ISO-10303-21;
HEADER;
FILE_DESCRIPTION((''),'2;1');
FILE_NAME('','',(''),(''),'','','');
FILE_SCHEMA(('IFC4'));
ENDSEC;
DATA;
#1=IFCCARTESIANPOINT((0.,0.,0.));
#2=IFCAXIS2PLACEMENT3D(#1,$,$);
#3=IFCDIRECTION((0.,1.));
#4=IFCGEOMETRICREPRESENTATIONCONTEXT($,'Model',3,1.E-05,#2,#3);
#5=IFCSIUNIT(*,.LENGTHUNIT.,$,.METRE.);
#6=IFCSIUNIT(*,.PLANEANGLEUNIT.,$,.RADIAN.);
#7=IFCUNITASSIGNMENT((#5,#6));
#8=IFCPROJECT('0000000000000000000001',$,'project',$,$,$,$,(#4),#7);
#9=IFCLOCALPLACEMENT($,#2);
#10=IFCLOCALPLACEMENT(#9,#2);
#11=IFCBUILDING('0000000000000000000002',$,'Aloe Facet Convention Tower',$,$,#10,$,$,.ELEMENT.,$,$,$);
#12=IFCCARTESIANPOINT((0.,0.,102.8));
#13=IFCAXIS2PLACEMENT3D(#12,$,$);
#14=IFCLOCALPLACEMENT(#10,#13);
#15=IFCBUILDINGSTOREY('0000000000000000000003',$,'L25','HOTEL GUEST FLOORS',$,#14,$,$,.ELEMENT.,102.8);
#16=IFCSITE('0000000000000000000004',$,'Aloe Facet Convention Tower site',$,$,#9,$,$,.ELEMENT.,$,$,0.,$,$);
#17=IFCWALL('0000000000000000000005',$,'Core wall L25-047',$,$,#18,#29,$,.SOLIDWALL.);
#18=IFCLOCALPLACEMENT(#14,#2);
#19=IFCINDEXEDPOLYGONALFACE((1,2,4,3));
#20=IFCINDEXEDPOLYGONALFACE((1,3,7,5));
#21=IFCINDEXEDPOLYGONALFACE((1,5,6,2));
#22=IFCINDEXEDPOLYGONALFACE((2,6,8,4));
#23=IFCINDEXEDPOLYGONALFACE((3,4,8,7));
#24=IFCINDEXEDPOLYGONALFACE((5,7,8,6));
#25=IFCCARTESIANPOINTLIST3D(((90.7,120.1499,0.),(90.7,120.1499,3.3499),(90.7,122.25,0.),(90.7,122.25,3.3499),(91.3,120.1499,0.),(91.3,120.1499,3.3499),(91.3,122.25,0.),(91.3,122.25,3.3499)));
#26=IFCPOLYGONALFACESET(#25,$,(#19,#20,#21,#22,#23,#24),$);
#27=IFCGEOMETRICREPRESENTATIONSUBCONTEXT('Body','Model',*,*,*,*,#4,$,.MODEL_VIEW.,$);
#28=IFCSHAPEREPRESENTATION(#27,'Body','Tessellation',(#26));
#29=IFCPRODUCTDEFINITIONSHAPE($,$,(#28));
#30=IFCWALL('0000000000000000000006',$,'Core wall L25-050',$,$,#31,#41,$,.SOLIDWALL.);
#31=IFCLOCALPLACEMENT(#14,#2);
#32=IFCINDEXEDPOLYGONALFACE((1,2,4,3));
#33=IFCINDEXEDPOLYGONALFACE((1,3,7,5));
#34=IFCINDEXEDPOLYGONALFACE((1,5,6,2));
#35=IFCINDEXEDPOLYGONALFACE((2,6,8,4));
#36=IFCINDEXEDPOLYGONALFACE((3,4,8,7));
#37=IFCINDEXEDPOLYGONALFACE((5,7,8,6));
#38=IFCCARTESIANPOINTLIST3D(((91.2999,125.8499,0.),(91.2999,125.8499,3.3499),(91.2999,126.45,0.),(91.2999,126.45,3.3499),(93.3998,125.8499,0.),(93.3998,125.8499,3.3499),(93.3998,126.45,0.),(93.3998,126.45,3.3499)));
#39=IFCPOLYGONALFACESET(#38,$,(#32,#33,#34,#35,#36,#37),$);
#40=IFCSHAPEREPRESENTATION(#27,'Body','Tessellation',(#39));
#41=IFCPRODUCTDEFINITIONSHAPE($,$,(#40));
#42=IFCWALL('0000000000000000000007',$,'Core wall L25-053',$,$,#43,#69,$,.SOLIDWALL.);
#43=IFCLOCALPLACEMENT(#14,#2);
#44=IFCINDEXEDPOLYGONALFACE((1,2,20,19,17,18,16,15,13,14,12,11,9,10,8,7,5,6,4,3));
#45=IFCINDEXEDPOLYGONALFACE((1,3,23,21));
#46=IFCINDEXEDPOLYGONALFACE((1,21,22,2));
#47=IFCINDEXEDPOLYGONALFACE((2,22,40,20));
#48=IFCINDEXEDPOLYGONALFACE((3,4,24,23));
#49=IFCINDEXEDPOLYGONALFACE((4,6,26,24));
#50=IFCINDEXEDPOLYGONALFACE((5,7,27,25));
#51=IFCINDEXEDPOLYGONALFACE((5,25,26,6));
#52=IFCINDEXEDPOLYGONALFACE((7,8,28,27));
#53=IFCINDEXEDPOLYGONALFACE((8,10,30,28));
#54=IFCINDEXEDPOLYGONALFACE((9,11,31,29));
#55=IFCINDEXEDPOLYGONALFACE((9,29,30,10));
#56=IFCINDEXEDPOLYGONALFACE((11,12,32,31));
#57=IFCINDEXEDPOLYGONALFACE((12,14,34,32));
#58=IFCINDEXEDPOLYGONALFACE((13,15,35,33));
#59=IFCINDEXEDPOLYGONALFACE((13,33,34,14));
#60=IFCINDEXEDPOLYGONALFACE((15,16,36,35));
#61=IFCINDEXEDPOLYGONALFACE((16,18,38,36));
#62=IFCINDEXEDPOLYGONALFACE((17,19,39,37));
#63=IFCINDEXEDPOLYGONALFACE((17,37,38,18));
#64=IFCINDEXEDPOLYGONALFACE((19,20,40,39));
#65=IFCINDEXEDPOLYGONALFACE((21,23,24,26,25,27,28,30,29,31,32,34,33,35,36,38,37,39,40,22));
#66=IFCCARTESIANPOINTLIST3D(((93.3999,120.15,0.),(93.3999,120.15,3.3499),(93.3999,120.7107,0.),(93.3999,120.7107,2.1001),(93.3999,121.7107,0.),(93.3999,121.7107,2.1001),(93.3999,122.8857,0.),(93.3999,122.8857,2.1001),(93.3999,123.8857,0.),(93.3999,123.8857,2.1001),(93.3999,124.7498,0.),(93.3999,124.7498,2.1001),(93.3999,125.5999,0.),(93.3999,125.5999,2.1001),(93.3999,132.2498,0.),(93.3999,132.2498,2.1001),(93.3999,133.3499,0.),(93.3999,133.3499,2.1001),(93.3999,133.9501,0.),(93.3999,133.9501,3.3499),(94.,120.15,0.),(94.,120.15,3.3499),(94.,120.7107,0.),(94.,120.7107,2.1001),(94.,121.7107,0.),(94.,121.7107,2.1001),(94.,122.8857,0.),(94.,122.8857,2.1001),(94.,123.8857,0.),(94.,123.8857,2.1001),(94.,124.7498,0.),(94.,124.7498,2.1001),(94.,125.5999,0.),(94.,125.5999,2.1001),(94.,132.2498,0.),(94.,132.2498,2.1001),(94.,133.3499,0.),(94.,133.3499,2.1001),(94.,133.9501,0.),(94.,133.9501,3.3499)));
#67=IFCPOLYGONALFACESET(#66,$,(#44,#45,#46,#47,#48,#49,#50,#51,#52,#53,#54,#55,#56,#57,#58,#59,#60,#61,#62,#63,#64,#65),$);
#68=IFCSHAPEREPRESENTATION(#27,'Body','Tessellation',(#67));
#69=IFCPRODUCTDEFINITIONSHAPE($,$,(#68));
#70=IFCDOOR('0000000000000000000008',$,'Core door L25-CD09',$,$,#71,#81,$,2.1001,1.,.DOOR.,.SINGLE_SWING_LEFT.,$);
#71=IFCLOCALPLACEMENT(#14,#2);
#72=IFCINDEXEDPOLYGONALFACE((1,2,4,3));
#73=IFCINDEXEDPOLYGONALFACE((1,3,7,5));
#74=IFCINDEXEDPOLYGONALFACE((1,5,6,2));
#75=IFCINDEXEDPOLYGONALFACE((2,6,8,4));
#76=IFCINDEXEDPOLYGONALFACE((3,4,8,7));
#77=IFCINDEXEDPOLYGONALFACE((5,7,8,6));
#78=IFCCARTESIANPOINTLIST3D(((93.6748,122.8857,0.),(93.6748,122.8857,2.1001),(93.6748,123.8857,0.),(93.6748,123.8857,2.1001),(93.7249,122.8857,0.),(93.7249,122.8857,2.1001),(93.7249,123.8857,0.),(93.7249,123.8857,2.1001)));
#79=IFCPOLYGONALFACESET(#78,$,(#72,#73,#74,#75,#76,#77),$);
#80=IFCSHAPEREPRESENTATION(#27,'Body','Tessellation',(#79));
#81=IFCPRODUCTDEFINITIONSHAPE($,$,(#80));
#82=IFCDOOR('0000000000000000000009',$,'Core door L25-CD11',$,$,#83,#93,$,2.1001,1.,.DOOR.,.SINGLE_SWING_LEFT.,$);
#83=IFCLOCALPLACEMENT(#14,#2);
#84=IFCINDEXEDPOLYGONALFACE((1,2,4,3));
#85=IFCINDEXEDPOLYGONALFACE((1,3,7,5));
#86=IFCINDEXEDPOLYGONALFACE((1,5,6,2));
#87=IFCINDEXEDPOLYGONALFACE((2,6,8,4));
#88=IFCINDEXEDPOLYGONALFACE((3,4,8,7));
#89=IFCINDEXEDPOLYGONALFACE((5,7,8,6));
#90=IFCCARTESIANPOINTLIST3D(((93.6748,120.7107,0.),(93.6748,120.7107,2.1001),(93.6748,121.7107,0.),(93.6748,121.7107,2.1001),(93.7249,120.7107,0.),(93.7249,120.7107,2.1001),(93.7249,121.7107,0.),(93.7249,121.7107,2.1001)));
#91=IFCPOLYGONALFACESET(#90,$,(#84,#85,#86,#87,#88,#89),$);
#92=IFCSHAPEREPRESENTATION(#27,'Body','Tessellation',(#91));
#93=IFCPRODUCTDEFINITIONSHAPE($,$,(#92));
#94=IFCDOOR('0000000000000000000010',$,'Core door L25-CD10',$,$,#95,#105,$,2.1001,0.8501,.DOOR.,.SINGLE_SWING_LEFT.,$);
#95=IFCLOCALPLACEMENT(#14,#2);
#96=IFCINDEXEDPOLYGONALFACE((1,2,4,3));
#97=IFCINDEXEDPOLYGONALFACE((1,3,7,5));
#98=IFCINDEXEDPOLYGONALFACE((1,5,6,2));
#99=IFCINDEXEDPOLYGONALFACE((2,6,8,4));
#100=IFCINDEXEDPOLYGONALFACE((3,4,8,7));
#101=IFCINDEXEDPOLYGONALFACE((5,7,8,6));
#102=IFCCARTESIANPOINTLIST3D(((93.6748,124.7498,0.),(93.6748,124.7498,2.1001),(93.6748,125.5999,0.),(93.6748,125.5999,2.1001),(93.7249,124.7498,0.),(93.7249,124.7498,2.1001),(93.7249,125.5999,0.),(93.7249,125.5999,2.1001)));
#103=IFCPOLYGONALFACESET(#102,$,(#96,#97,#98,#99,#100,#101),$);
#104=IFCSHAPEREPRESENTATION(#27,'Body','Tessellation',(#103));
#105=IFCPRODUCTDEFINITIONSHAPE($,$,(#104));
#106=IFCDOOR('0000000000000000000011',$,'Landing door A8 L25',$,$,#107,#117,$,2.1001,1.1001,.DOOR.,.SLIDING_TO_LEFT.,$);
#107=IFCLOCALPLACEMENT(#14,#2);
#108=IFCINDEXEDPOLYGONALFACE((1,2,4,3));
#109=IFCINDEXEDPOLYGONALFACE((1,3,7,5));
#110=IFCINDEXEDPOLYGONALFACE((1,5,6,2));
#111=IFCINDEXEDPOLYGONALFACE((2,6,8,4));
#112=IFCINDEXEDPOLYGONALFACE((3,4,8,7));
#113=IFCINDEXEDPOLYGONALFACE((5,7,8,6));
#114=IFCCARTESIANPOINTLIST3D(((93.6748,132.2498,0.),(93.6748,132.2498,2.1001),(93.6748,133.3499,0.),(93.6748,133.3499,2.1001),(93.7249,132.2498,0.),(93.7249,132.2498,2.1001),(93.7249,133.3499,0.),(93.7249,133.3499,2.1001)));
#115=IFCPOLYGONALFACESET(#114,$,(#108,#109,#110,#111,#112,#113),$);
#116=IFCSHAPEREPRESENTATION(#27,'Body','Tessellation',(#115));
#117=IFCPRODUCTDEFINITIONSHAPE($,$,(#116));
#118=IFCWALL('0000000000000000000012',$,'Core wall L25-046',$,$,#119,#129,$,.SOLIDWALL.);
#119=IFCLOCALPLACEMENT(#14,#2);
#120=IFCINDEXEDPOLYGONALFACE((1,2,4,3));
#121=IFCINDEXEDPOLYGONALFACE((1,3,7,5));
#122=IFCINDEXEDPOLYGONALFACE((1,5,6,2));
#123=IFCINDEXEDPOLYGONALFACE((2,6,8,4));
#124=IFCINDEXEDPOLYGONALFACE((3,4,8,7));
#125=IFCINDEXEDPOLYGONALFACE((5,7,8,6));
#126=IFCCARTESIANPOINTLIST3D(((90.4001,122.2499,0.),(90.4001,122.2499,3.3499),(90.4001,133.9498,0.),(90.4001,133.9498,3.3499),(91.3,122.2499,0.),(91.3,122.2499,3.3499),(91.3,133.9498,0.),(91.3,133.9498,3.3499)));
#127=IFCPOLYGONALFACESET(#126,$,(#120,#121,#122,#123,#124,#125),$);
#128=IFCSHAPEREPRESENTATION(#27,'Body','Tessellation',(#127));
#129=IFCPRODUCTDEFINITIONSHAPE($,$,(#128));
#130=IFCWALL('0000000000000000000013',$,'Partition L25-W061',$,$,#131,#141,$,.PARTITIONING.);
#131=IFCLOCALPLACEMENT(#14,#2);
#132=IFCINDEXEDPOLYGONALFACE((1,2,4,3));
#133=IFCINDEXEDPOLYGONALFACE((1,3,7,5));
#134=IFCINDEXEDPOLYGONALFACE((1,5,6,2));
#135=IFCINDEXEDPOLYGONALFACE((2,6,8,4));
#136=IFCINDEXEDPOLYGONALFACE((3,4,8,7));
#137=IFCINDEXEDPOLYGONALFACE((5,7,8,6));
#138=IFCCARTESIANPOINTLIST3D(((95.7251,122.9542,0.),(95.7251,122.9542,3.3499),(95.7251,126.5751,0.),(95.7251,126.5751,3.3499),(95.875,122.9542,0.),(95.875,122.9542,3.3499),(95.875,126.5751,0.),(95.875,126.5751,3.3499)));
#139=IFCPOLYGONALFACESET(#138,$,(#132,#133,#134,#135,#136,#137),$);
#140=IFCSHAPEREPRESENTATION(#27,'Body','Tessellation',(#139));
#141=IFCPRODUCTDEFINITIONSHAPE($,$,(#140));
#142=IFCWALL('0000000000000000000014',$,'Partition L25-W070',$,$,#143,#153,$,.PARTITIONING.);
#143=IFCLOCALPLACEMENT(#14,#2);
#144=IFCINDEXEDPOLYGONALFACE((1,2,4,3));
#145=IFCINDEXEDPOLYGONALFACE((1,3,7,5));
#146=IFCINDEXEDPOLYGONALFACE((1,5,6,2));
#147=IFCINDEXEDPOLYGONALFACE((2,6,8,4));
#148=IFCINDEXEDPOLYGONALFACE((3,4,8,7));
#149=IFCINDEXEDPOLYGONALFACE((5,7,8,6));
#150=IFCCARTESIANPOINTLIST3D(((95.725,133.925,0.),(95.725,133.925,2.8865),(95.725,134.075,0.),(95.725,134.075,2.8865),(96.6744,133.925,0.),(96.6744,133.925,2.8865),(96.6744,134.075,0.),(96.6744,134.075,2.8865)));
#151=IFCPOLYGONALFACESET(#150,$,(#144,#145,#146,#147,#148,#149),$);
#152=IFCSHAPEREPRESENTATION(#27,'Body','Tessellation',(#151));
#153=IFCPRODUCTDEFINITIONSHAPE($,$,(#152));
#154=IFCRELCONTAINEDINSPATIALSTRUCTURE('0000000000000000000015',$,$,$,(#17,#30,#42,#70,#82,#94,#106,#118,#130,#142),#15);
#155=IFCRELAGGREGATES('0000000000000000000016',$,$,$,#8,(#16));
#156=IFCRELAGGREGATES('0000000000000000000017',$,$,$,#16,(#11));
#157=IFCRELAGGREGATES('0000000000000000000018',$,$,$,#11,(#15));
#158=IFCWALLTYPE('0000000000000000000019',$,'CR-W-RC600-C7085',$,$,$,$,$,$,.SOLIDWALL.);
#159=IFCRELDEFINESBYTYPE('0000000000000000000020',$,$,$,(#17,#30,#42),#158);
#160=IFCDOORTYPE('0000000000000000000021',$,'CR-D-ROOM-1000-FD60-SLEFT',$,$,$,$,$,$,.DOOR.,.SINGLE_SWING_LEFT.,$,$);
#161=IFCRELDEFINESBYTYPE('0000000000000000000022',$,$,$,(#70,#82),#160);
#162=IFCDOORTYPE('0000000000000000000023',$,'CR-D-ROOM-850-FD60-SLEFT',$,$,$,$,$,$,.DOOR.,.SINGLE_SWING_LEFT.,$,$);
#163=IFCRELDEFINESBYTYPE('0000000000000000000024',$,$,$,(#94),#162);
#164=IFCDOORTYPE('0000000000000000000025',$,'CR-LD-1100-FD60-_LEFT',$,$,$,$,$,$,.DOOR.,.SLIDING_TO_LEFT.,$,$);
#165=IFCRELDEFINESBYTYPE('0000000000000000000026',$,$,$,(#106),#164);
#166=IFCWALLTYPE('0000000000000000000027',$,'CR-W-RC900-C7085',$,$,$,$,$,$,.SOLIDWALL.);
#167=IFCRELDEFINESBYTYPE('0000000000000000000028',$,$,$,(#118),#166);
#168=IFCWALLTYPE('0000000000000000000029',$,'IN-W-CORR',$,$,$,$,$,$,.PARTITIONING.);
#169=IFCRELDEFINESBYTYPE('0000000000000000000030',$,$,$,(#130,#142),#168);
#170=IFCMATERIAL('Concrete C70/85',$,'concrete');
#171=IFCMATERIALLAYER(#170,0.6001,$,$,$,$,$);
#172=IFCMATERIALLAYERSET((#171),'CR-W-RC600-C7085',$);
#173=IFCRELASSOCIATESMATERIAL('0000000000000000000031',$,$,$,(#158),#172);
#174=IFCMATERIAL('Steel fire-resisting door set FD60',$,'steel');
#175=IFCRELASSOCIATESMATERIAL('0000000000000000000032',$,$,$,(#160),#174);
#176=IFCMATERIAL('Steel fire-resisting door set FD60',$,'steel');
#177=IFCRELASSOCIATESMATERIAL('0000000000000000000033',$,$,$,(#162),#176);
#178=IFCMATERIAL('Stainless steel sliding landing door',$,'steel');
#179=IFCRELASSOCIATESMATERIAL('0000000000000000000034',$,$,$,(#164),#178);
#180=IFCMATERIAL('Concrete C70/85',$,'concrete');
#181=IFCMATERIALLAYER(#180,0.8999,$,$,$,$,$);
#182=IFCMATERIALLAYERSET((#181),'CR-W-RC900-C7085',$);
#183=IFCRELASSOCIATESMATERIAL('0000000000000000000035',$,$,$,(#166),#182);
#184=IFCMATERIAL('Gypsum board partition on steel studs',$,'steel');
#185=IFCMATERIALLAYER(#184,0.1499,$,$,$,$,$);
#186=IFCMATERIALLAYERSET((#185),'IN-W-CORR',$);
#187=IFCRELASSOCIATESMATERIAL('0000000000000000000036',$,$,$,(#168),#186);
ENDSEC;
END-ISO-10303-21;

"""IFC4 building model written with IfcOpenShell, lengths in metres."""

from ifc_helpers import new_model, si_unit, direction, frame, frame_2d, origin, place, context, subcontext, project, spatial, rectangle, extrude, material, layer, layer_set, type_object, element, fill, save


model = new_model("IFC4")

# Units and contexts
model_context = context("Model", 3, precision=1e-05, world=origin(), true_north=direction((0.0, 1.0)))
body_context = subcontext(model_context, "Body", "Model", "MODEL_VIEW")
ifc_project = project(units=[si_unit("LENGTHUNIT", "METRE"), si_unit("PLANEANGLEUNIT", "RADIAN")], contexts=[model_context])

# Site, building, storey
site_placement = place(None, origin())
site = spatial("IfcSite", under=ifc_project, at=site_placement, Name="Aloe Facet Convention Tower site", CompositionType="ELEMENT", RefElevation=0.0)
building_placement = place(site_placement, origin())
building = spatial("IfcBuilding", under=site, at=building_placement, Name="Aloe Facet Convention Tower", CompositionType="ELEMENT")
storey_placement = place(building_placement, frame((0.0, 0.0, 102.8)))
storey = spatial("IfcBuildingStorey", under=building, at=storey_placement, Name="L25", Description="HOTEL GUEST FLOORS", CompositionType="ELEMENT", Elevation=102.8)

# Walls
ifc_material_1 = material(Name="Concrete C70/85", Category="concrete")
ifc_layer_1 = layer(ifc_material_1, 0.6001)
ifc_layer_set_1 = layer_set([ifc_layer_1], Name="CR-W-RC600-C7085")
wall_type_1 = type_object("IfcWallType", Name="CR-W-RC600-C7085", PredefinedType="SOLIDWALL", material=ifc_layer_set_1)
wall_1_placement = place(storey_placement, frame((91.0, 122.25, 0.0), z_axis=(0.0, 0.0, 1.0), x_axis=(0.0, -1.0, 0.0)))
element("IfcWall", 1, at=wall_1_placement, inside=storey, type_object=wall_type_1, Name="Core wall L25-047", PredefinedType="SOLIDWALL", context=body_context, shape_type="SweptSolid", body=[
    extrude(rectangle(XDim=2.1001, YDim=0.6001, at=frame_2d((1.05, 0.0))), origin(), (0.0, 0.0, 1.0), 3.3499),
])
wall_2_placement = place(storey_placement, frame((91.3, 126.1499, 0.0), z_axis=(0.0, 0.0, 1.0), x_axis=(1.0, 0.0, 0.0)))
element("IfcWall", 2, at=wall_2_placement, inside=storey, type_object=wall_type_1, Name="Core wall L25-050", PredefinedType="SOLIDWALL", context=body_context, shape_type="SweptSolid", body=[
    extrude(rectangle(XDim=2.0999, YDim=0.6001, at=frame_2d((1.0498, 0.0))), origin(), (0.0, 0.0, 1.0), 3.3499),
])

# Wall, openings, doors
wall_3_placement = place(storey_placement, frame((93.7, 133.95, 0.0), z_axis=(0.0, 0.0, 1.0), x_axis=(0.0, -1.0, 0.0)))
wall_3 = element("IfcWall", 3, at=wall_3_placement, inside=storey, type_object=wall_type_1, Name="Core wall L25-053", PredefinedType="SOLIDWALL", context=body_context, shape_type="SweptSolid", body=[
    extrude(rectangle(XDim=13.8, YDim=0.6001, at=frame_2d((6.8999, 0.0))), origin(), (0.0, 0.0, 1.0), 3.3499),
])
opening_1_placement = place(wall_3_placement, frame((0.6001, 0.0, 0.0)))
opening_1 = element("IfcOpeningElement", 4, at=opening_1_placement, cuts=wall_3, PredefinedType="OPENING", context=body_context, shape_type="SweptSolid", body=[
    extrude(rectangle(XDim=1.1001, YDim=2.1001, at=frame_2d((0.55, 1.05))), frame((0.0, 0.3101, 0.0), z_axis=(0.0, -1.0, 0.0), x_axis=(1.0, 0.0, 0.0)), (0.0, 0.0, 1.0), 0.6201),
])
opening_2_placement = place(wall_3_placement, frame((10.0642, 0.0, 0.0)))
opening_2 = element("IfcOpeningElement", 5, at=opening_2_placement, cuts=wall_3, PredefinedType="OPENING", context=body_context, shape_type="SweptSolid", body=[
    extrude(rectangle(XDim=1.0, YDim=2.1001, at=frame_2d((0.5, 1.05))), frame((0.0, 0.3101, 0.0), z_axis=(0.0, -1.0, 0.0), x_axis=(1.0, 0.0, 0.0)), (0.0, 0.0, 1.0), 0.6201),
])
opening_3_placement = place(wall_3_placement, frame((8.3501, 0.0, 0.0)))
opening_3 = element("IfcOpeningElement", 6, at=opening_3_placement, cuts=wall_3, PredefinedType="OPENING", context=body_context, shape_type="SweptSolid", body=[
    extrude(rectangle(XDim=0.8501, YDim=2.1001, at=frame_2d((0.425, 1.05))), frame((0.0, 0.3101, 0.0), z_axis=(0.0, -1.0, 0.0), x_axis=(1.0, 0.0, 0.0)), (0.0, 0.0, 1.0), 0.6201),
])
opening_4_placement = place(wall_3_placement, frame((12.2393, 0.0, 0.0)))
opening_4 = element("IfcOpeningElement", 7, at=opening_4_placement, cuts=wall_3, PredefinedType="OPENING", context=body_context, shape_type="SweptSolid", body=[
    extrude(rectangle(XDim=1.0, YDim=2.1001, at=frame_2d((0.5, 1.05))), frame((0.0, 0.3101, 0.0), z_axis=(0.0, -1.0, 0.0), x_axis=(1.0, 0.0, 0.0)), (0.0, 0.0, 1.0), 0.6201),
])
ifc_material_2 = material(Name="Steel fire-resisting door set FD60", Category="steel")
door_type_1 = type_object("IfcDoorType", Name="CR-D-ROOM-1000-FD60-SLEFT", OperationType="SINGLE_SWING_LEFT", PredefinedType="DOOR", material=ifc_material_2)
door_1_placement = place(opening_2_placement, origin())
door_1 = element("IfcDoor", 8, at=door_1_placement, inside=storey, type_object=door_type_1, Name="Core door L25-CD09", OperationType="SINGLE_SWING_LEFT", OverallHeight=2.1001, OverallWidth=1.0, PredefinedType="DOOR", context=body_context, shape_type="SweptSolid", body=[
    extrude(rectangle(XDim=1.0, YDim=2.1001, at=frame_2d((0.5, 1.05))), frame((0.0, 0.0249, 0.0), z_axis=(0.0, -1.0, 0.0), x_axis=(1.0, 0.0, 0.0)), (0.0, 0.0, 1.0), 0.05),
])
fill(opening_2, door_1)
door_2_placement = place(opening_4_placement, origin())
door_2 = element("IfcDoor", 9, at=door_2_placement, inside=storey, type_object=door_type_1, Name="Core door L25-CD11", OperationType="SINGLE_SWING_LEFT", OverallHeight=2.1001, OverallWidth=1.0, PredefinedType="DOOR", context=body_context, shape_type="SweptSolid", body=[
    extrude(rectangle(XDim=1.0, YDim=2.1001, at=frame_2d((0.5, 1.05))), frame((0.0, 0.0249, 0.0), z_axis=(0.0, -1.0, 0.0), x_axis=(1.0, 0.0, 0.0)), (0.0, 0.0, 1.0), 0.05),
])
fill(opening_4, door_2)
ifc_material_3 = material(Name="Steel fire-resisting door set FD60", Category="steel")
door_type_2 = type_object("IfcDoorType", Name="CR-D-ROOM-850-FD60-SLEFT", OperationType="SINGLE_SWING_LEFT", PredefinedType="DOOR", material=ifc_material_3)
door_3_placement = place(opening_3_placement, origin())
door_3 = element("IfcDoor", 10, at=door_3_placement, inside=storey, type_object=door_type_2, Name="Core door L25-CD10", OperationType="SINGLE_SWING_LEFT", OverallHeight=2.1001, OverallWidth=0.8501, PredefinedType="DOOR", context=body_context, shape_type="SweptSolid", body=[
    extrude(rectangle(XDim=0.8501, YDim=2.1001, at=frame_2d((0.425, 1.05))), frame((0.0, 0.0249, 0.0), z_axis=(0.0, -1.0, 0.0), x_axis=(1.0, 0.0, 0.0)), (0.0, 0.0, 1.0), 0.05),
])
fill(opening_3, door_3)
ifc_material_4 = material(Name="Stainless steel sliding landing door", Category="steel")
door_type_3 = type_object("IfcDoorType", Name="CR-LD-1100-FD60-_LEFT", OperationType="SLIDING_TO_LEFT", PredefinedType="DOOR", material=ifc_material_4)
door_4_placement = place(opening_1_placement, origin())
door_4 = element("IfcDoor", 11, at=door_4_placement, inside=storey, type_object=door_type_3, Name="Landing door A8 L25", OperationType="SLIDING_TO_LEFT", OverallHeight=2.1001, OverallWidth=1.1001, PredefinedType="DOOR", context=body_context, shape_type="SweptSolid", body=[
    extrude(rectangle(XDim=1.1001, YDim=2.1001, at=frame_2d((0.55, 1.05))), frame((0.0, 0.0249, 0.0), z_axis=(0.0, -1.0, 0.0), x_axis=(1.0, 0.0, 0.0)), (0.0, 0.0, 1.0), 0.05),
])
fill(opening_1, door_4)

# Walls
ifc_material_5 = material(Name="Concrete C70/85", Category="concrete")
ifc_layer_2 = layer(ifc_material_5, 0.8999)
ifc_layer_set_2 = layer_set([ifc_layer_2], Name="CR-W-RC900-C7085")
wall_type_2 = type_object("IfcWallType", Name="CR-W-RC900-C7085", PredefinedType="SOLIDWALL", material=ifc_layer_set_2)
wall_4_placement = place(storey_placement, frame((90.8501, 133.95, 0.0), z_axis=(0.0, 0.0, 1.0), x_axis=(0.0, -1.0, 0.0)))
element("IfcWall", 12, at=wall_4_placement, inside=storey, type_object=wall_type_2, Name="Core wall L25-046", PredefinedType="SOLIDWALL", context=body_context, shape_type="SweptSolid", body=[
    extrude(rectangle(XDim=11.7, YDim=0.8999, at=frame_2d((5.8501, 0.0))), origin(), (0.0, 0.0, 1.0), 3.3499),
])
ifc_material_6 = material(Name="Gypsum board partition on steel studs", Category="steel")
ifc_layer_3 = layer(ifc_material_6, 0.1499)
ifc_layer_set_3 = layer_set([ifc_layer_3], Name="IN-W-CORR")
wall_type_3 = type_object("IfcWallType", Name="IN-W-CORR", PredefinedType="PARTITIONING", material=ifc_layer_set_3)
wall_5_placement = place(storey_placement, frame((95.8, 122.9541, 0.0), z_axis=(0.0, 0.0, 1.0), x_axis=(0.0, 1.0, 0.0)))
element("IfcWall", 13, at=wall_5_placement, inside=storey, type_object=wall_type_3, Name="Partition L25-W061", PredefinedType="PARTITIONING", context=body_context, shape_type="SweptSolid", body=[
    extrude(rectangle(XDim=3.6208, YDim=0.1499, at=frame_2d((1.8105, 0.0))), origin(), (0.0, 0.0, 1.0), 3.3499),
])
wall_6_placement = place(storey_placement, frame((95.7251, 134.0, 0.0), z_axis=(0.0, 0.0, 1.0), x_axis=(1.0, 0.0, 0.0)))
element("IfcWall", 14, at=wall_6_placement, inside=storey, type_object=wall_type_3, Name="Partition L25-W070", PredefinedType="PARTITIONING", context=body_context, shape_type="SweptSolid", body=[
    extrude(rectangle(XDim=0.9495, YDim=0.1499, at=frame_2d((0.4746, 0.0))), origin(), (0.0, 0.0, 1.0), 2.8865),
])

save(model, "model.ifc")
